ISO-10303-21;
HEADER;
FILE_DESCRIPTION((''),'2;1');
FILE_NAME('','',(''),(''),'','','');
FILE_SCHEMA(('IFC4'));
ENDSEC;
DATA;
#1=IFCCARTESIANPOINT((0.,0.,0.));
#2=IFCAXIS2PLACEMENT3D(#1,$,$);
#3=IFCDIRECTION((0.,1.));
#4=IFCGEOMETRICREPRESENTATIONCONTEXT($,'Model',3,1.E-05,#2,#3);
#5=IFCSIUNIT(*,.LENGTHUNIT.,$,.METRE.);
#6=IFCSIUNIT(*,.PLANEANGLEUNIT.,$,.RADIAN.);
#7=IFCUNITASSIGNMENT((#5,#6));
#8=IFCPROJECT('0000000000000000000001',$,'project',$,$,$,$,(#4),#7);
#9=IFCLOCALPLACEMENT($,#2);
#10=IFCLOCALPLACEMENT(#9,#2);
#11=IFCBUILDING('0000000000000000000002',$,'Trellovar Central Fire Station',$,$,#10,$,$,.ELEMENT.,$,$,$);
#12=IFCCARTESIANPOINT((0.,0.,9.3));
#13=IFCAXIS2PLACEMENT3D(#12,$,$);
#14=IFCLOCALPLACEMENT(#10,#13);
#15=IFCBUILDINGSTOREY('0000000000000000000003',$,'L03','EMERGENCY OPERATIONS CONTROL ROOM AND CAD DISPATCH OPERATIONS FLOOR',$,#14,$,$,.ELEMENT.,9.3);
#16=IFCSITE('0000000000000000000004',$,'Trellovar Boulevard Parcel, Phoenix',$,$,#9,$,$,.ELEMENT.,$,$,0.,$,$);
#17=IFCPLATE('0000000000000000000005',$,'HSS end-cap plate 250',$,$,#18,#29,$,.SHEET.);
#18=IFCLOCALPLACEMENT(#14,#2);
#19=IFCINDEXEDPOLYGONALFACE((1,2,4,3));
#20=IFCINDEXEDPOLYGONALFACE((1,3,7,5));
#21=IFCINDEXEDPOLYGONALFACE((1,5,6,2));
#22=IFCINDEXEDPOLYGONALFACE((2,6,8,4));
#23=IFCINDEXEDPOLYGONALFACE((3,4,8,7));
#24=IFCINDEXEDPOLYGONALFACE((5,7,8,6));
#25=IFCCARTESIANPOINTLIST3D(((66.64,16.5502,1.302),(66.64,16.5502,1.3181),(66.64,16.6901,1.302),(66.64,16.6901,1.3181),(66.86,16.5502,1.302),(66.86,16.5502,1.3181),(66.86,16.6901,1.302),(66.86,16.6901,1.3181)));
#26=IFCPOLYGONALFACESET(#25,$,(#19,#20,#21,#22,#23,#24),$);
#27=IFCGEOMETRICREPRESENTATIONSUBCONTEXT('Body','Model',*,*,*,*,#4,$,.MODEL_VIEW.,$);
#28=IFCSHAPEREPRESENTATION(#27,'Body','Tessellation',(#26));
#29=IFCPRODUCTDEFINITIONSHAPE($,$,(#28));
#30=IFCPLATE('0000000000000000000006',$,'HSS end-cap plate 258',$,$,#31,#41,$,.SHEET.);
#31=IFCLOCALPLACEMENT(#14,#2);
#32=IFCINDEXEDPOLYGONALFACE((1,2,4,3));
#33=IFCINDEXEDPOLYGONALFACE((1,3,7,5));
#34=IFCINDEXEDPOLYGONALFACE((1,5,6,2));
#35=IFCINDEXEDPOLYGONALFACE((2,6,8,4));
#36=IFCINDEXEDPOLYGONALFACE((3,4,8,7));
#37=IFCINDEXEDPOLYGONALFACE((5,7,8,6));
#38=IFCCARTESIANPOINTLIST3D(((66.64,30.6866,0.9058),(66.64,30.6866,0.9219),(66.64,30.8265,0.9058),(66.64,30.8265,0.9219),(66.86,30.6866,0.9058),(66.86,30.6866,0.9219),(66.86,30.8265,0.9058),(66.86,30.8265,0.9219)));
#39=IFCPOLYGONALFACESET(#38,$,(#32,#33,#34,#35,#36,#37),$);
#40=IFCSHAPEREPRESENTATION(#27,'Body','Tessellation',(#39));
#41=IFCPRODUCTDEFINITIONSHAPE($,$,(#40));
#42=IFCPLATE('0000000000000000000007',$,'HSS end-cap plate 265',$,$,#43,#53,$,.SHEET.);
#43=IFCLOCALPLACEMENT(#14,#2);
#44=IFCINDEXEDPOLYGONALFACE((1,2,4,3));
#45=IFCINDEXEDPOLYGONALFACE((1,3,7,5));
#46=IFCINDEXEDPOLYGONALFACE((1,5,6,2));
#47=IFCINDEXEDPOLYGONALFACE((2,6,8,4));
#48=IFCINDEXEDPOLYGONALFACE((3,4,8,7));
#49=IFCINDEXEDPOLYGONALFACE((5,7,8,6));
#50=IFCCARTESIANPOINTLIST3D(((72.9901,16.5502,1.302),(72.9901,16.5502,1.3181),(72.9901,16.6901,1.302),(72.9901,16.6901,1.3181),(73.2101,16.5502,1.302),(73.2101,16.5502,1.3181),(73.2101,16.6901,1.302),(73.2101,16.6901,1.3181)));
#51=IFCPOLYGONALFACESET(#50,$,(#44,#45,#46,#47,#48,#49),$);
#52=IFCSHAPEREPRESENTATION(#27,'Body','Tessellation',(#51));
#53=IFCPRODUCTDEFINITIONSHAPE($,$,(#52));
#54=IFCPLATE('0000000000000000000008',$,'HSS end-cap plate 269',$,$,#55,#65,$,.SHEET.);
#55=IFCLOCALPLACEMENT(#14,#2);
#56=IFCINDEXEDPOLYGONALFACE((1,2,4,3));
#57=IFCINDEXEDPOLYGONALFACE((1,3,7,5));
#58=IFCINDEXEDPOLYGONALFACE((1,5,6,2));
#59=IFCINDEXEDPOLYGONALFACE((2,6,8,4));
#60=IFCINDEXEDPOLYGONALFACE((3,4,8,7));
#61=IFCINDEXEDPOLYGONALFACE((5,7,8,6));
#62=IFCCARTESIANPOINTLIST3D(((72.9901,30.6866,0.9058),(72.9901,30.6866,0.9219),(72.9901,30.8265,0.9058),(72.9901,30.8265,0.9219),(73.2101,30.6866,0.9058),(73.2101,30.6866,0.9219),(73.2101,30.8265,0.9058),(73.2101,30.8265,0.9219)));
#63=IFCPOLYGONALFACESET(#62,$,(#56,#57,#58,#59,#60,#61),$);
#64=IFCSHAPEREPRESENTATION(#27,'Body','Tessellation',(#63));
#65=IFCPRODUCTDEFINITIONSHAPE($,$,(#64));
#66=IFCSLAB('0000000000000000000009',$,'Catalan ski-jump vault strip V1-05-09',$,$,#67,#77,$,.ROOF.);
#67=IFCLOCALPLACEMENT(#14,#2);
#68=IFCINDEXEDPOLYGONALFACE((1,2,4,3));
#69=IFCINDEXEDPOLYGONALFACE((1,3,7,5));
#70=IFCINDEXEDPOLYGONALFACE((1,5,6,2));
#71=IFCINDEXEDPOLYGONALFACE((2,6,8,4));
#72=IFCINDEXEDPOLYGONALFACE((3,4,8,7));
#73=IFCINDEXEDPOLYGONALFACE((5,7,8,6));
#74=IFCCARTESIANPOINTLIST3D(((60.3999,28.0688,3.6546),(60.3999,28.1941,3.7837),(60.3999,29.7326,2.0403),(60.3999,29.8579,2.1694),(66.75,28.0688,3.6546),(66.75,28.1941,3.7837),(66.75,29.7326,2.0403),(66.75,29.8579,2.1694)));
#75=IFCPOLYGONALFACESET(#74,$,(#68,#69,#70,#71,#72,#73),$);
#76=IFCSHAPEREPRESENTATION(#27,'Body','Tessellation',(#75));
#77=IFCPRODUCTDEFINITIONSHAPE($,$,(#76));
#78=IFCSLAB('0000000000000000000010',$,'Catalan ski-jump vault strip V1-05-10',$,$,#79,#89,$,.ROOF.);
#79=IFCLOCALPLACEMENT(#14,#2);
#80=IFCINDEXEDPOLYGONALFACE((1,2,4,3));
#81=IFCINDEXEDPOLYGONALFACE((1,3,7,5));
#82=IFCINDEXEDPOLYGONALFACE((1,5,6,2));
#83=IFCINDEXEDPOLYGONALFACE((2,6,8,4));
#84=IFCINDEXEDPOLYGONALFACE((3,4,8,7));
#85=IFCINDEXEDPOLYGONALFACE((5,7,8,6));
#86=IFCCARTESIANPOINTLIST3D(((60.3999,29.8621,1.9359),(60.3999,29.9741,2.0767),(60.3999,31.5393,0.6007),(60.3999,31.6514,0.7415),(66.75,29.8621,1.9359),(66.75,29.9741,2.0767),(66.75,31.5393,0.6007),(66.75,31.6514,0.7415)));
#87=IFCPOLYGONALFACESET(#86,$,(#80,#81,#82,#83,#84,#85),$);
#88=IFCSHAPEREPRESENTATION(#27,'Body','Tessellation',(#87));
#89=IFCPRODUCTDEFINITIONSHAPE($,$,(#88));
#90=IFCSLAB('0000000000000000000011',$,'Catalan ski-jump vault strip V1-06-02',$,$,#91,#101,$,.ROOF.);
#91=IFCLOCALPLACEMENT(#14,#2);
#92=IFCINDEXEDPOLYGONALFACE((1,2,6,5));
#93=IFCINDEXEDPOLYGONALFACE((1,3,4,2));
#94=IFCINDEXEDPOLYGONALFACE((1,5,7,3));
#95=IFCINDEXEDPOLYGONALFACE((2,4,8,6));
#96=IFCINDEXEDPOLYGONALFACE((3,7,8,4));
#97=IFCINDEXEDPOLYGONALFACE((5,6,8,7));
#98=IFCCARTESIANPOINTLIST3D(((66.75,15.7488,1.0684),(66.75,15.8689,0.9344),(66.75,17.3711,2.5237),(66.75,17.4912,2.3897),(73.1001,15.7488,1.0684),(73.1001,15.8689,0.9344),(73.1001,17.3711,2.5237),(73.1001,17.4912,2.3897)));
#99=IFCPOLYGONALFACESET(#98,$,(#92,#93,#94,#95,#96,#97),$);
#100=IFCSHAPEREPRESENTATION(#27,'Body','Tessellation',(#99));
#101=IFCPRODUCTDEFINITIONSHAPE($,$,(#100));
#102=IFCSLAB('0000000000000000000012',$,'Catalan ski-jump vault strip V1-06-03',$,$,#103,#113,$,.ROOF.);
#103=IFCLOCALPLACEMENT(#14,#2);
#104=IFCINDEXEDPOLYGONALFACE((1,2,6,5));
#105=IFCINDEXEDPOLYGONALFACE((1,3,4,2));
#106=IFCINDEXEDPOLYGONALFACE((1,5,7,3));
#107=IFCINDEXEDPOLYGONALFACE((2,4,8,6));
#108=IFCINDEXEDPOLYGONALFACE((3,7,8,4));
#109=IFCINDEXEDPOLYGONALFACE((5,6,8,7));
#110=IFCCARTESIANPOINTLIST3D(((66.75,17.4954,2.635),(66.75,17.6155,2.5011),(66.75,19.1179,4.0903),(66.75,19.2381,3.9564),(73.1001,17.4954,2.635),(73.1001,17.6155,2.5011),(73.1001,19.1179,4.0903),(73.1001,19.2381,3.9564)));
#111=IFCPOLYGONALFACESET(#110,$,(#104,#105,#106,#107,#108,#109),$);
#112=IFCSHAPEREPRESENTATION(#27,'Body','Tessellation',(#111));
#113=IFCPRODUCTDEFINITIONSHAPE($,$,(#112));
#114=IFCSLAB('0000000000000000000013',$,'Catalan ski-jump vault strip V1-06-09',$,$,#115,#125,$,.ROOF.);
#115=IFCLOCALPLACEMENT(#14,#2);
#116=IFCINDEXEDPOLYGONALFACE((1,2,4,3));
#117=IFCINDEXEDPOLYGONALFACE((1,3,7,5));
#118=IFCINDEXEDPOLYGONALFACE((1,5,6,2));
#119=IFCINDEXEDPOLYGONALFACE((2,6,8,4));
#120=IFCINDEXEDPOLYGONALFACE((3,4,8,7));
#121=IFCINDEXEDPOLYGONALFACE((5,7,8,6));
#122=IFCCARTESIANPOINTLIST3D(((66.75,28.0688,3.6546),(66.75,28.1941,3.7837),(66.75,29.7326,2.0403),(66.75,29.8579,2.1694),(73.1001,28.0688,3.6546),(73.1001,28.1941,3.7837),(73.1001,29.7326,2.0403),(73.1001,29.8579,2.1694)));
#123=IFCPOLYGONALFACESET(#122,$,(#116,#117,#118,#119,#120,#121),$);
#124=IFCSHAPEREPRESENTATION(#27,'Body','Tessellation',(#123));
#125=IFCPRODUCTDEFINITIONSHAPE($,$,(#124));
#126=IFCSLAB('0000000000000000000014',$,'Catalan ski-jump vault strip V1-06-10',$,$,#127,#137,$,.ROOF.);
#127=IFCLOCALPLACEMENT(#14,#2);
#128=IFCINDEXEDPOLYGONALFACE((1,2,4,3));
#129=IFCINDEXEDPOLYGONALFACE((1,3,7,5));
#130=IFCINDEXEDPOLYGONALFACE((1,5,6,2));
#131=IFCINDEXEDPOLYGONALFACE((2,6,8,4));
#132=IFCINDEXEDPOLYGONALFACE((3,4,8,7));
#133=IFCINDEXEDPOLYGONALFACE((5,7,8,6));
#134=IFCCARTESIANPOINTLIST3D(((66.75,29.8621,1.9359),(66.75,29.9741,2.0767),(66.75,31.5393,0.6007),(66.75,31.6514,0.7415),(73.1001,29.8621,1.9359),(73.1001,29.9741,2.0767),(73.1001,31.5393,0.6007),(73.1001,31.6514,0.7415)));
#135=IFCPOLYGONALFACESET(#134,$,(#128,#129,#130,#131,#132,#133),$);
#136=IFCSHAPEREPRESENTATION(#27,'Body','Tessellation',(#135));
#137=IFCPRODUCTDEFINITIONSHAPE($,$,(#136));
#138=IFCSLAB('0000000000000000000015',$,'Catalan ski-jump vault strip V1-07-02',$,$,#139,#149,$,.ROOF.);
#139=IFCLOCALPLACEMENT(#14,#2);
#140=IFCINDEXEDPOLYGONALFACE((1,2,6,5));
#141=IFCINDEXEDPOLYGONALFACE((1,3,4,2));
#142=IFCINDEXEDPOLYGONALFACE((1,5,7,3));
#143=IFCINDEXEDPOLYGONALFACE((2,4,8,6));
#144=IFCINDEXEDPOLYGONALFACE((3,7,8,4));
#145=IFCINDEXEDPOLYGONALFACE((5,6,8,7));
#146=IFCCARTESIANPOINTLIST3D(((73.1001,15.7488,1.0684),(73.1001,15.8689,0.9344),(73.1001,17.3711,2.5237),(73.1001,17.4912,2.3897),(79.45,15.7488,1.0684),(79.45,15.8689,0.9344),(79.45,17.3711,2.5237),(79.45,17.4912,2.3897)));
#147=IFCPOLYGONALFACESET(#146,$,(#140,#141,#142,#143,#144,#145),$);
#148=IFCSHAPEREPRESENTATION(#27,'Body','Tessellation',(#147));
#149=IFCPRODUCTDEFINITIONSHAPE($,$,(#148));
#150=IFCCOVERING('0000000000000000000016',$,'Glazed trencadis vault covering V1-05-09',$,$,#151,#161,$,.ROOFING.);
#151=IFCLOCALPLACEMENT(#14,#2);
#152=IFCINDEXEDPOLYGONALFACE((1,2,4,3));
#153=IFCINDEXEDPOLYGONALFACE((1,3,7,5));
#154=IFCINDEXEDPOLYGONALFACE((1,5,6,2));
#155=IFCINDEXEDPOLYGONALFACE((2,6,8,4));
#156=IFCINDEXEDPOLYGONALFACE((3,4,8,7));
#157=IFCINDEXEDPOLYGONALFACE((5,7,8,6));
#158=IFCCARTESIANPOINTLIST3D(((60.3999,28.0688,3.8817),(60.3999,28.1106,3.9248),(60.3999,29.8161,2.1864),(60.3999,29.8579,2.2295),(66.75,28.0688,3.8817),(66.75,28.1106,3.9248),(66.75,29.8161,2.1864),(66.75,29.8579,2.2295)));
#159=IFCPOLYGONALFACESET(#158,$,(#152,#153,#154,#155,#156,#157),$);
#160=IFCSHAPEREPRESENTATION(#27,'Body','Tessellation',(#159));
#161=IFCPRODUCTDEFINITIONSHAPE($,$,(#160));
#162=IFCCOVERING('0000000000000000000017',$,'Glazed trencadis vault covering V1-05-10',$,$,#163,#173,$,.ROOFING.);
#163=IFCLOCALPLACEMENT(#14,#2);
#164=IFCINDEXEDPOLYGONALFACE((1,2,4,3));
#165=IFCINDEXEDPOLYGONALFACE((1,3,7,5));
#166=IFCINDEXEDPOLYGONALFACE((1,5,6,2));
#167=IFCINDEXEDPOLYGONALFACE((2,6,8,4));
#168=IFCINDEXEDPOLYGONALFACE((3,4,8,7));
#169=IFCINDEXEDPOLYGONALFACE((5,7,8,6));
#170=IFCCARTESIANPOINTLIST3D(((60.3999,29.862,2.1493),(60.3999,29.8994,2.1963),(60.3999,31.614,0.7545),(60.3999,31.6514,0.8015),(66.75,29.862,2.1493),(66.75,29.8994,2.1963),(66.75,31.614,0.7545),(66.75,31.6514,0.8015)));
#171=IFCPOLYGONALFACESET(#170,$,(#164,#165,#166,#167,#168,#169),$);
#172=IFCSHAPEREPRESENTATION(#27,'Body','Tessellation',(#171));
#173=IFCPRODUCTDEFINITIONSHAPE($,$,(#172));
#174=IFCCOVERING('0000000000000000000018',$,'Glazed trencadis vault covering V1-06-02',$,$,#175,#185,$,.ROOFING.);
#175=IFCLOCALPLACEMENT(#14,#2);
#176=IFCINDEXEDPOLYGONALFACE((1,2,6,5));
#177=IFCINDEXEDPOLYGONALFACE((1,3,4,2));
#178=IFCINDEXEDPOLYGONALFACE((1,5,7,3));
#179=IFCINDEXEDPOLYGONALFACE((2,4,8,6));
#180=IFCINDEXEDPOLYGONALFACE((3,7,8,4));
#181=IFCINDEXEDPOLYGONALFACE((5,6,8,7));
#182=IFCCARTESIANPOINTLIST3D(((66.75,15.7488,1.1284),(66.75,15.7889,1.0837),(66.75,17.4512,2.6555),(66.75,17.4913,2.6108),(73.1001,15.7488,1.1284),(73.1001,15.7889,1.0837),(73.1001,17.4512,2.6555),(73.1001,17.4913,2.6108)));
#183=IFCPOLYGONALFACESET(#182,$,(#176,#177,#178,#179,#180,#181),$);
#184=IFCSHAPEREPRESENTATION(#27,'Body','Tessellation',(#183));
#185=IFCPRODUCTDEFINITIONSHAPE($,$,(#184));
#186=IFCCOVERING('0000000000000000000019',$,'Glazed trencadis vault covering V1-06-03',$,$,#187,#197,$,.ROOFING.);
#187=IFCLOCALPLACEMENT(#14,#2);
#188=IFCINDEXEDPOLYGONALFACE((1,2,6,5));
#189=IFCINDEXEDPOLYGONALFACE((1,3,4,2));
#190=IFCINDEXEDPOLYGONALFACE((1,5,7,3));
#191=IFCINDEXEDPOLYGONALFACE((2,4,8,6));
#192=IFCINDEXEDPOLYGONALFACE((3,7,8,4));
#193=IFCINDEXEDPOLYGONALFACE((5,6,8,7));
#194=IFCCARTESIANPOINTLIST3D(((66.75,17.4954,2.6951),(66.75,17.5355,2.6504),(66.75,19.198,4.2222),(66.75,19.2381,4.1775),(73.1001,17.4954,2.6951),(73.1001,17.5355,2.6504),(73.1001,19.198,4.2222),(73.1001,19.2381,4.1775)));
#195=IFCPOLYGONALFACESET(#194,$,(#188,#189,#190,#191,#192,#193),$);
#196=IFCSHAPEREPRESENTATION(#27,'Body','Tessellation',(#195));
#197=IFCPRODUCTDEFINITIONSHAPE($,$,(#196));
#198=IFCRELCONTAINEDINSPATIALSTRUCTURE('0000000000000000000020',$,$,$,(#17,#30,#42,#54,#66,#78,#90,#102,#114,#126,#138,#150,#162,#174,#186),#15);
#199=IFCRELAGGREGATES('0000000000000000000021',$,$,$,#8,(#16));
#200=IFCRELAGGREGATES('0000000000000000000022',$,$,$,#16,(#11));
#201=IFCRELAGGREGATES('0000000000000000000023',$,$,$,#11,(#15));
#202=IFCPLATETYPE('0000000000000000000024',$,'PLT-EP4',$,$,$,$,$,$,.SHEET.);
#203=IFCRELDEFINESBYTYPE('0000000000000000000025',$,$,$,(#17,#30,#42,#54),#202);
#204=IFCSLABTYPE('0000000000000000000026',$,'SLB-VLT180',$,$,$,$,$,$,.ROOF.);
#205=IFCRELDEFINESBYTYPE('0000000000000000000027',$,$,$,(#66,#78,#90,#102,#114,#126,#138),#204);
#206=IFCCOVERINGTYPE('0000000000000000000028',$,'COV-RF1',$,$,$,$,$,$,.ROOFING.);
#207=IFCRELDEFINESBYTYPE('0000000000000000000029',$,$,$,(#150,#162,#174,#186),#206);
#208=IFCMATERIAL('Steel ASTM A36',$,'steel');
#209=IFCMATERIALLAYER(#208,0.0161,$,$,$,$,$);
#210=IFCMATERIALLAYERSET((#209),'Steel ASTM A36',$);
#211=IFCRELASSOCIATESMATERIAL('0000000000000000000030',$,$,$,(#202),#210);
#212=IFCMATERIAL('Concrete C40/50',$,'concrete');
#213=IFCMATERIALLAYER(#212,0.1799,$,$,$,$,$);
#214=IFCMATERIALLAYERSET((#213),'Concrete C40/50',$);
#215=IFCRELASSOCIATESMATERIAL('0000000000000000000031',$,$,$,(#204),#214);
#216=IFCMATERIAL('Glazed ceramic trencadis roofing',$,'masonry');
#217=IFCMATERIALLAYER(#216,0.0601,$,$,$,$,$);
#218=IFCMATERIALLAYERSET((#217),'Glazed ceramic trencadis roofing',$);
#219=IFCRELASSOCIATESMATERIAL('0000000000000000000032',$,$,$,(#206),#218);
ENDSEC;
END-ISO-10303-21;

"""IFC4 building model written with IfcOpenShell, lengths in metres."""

from ifc_helpers import new_model, si_unit, direction, frame, origin, origin_2d, place, context, subcontext, project, spatial, polyline, rectangle, outline, extrude, material, layer, layer_set, type_object, element, save


model = new_model("IFC4")

# Units and contexts
model_context = context("Model", 3, precision=1e-05, world=origin(), true_north=direction((0.0, 1.0)))
body_context = subcontext(model_context, "Body", "Model", "MODEL_VIEW")
ifc_project = project(units=[si_unit("LENGTHUNIT", "METRE"), si_unit("PLANEANGLEUNIT", "RADIAN")], contexts=[model_context])

# Site, building, storey
site_placement = place(None, origin())
site = spatial("IfcSite", under=ifc_project, at=site_placement, Name="Trellovar Boulevard Parcel, Phoenix", CompositionType="ELEMENT", RefElevation=0.0)
building_placement = place(site_placement, origin())
building = spatial("IfcBuilding", under=site, at=building_placement, Name="Trellovar Central Fire Station", CompositionType="ELEMENT")
storey_placement = place(building_placement, frame((0.0, 0.0, 9.3)))
storey = spatial("IfcBuildingStorey", under=building, at=storey_placement, Name="L03", Description="EMERGENCY OPERATIONS CONTROL ROOM AND CAD DISPATCH OPERATIONS FLOOR", CompositionType="ELEMENT", Elevation=9.3)

# Plates
ifc_material_1 = material(Name="Steel ASTM A36", Category="steel")
ifc_layer_1 = layer(ifc_material_1, 0.0161)
ifc_layer_set_1 = layer_set([ifc_layer_1], Name="Steel ASTM A36")
plate_type = type_object("IfcPlateType", Name="PLT-EP4", PredefinedType="SHEET", material=ifc_layer_set_1)
for number, where, z_axis, x_axis, name in (
    (1, (66.75, 16.6201, 1.302), (0.0, 0.0, 1.0), (1.0, 0.0, 0.0), "HSS end-cap plate 250"),
    (2, (66.75, 30.7566, 0.9058), (0.0, 0.0, 1.0), (1.0, 0.0, 0.0), "HSS end-cap plate 258"),
    (3, (73.1001, 16.6201, 1.302), (0.0, 0.0, 1.0), (1.0, 0.0, 0.0), "HSS end-cap plate 265"),
    (4, (73.1001, 30.7566, 0.9058), (0.0, 0.0, 1.0), (1.0, 0.0, 0.0), "HSS end-cap plate 269"),
):
    element("IfcPlate", number, at=place(storey_placement, frame(where, z_axis=z_axis, x_axis=x_axis)), inside=storey, type_object=plate_type, Name=name, PredefinedType="SHEET", context=body_context, shape_type="SweptSolid", body=[
        extrude(rectangle(XDim=0.22, YDim=0.1399, at=origin_2d()), origin(), (0.0, 0.0, 1.0), 0.0161),
    ])

# Slabs
ifc_material_2 = material(Name="Concrete C40/50", Category="concrete")
ifc_layer_2 = layer(ifc_material_2, 0.1799)
ifc_layer_set_2 = layer_set([ifc_layer_2], Name="Concrete C40/50")
slab_type = type_object("IfcSlabType", Name="SLB-VLT180", PredefinedType="ROOF", material=ifc_layer_set_2)
slab_1_placement = place(storey_placement, frame((60.3999, 28.1941, 3.7837), z_axis=(0.0, 0.696337, 0.717715), x_axis=(1.0, 0.0, 0.0)))
element("IfcSlab", 5, at=slab_1_placement, inside=storey, type_object=slab_type, Name="Catalan ski-jump vault strip V1-05-09", PredefinedType="ROOF", context=body_context, shape_type="SweptSolid", body=[
    extrude(outline(polyline([(0.0, 0.0), (6.3501, 0.0), (6.3501, 2.3182), (0.0, 2.3182), (0.0, 0.0)])), origin(), (0.0, 0.0, -1.0), 0.1799),
])
slab_2_placement = place(storey_placement, frame((60.3999, 29.9741, 2.0767), z_axis=(0.0, 0.622818, 0.782366), x_axis=(1.0, 0.0, 0.0)))
element("IfcSlab", 6, at=slab_2_placement, inside=storey, type_object=slab_type, Name="Catalan ski-jump vault strip V1-05-10", PredefinedType="ROOF", context=body_context, shape_type="SweptSolid", body=[
    extrude(outline(polyline([(0.0, 0.0), (6.3501, 0.0), (6.3501, 2.1438), (0.0, 2.1438), (0.0, 0.0)])), origin(), (0.0, 0.0, -1.0), 0.1799),
])
slab_3_placement = place(storey_placement, frame((66.75, 15.7488, 1.0684), z_axis=(0.0, -0.667757, 0.744379), x_axis=(1.0, 0.0, 0.0)))
element("IfcSlab", 7, at=slab_3_placement, inside=storey, type_object=slab_type, Name="Catalan ski-jump vault strip V1-06-02", PredefinedType="ROOF", context=body_context, shape_type="SweptSolid", body=[
    extrude(outline(polyline([(0.0, 0.0), (6.3501, 0.0), (6.3501, 2.1794), (0.0, 2.1794), (0.0, 0.0)])), origin(), (0.0, 0.0, -1.0), 0.1799),
])
slab_4_placement = place(storey_placement, frame((66.75, 17.4954, 2.635), z_axis=(0.0, -0.667701, 0.744429), x_axis=(1.0, 0.0, 0.0)))
element("IfcSlab", 8, at=slab_4_placement, inside=storey, type_object=slab_type, Name="Catalan ski-jump vault strip V1-06-03", PredefinedType="ROOF", context=body_context, shape_type="SweptSolid", body=[
    extrude(outline(polyline([(0.0, 0.0), (6.3501, 0.0), (6.3501, 2.1796), (0.0, 2.1796), (0.0, 0.0)])), origin(), (0.0, 0.0, -1.0), 0.1799),
])
slab_5_placement = place(storey_placement, frame((66.75, 28.1941, 3.7837), z_axis=(0.0, 0.696337, 0.717715), x_axis=(1.0, 0.0, 0.0)))
element("IfcSlab", 9, at=slab_5_placement, inside=storey, type_object=slab_type, Name="Catalan ski-jump vault strip V1-06-09", PredefinedType="ROOF", context=body_context, shape_type="SweptSolid", body=[
    extrude(outline(polyline([(0.0, 0.0), (6.3501, 0.0), (6.3501, 2.3182), (0.0, 2.3182), (0.0, 0.0)])), origin(), (0.0, 0.0, -1.0), 0.1799),
])
slab_6_placement = place(storey_placement, frame((66.75, 29.9741, 2.0767), z_axis=(0.0, 0.622818, 0.782366), x_axis=(1.0, 0.0, 0.0)))
element("IfcSlab", 10, at=slab_6_placement, inside=storey, type_object=slab_type, Name="Catalan ski-jump vault strip V1-06-10", PredefinedType="ROOF", context=body_context, shape_type="SweptSolid", body=[
    extrude(outline(polyline([(0.0, 0.0), (6.3501, 0.0), (6.3501, 2.1438), (0.0, 2.1438), (0.0, 0.0)])), origin(), (0.0, 0.0, -1.0), 0.1799),
])
slab_7_placement = place(storey_placement, frame((73.1001, 15.7488, 1.0684), z_axis=(0.0, -0.667757, 0.744379), x_axis=(1.0, 0.0, 0.0)))
element("IfcSlab", 11, at=slab_7_placement, inside=storey, type_object=slab_type, Name="Catalan ski-jump vault strip V1-07-02", PredefinedType="ROOF", context=body_context, shape_type="SweptSolid", body=[
    extrude(outline(polyline([(0.0, 0.0), (6.3499, 0.0), (6.3499, 2.1794), (0.0, 2.1794), (0.0, 0.0)])), origin(), (0.0, 0.0, -1.0), 0.1799),
])

# Coverings
ifc_material_3 = material(Name="Glazed ceramic trencadis roofing", Category="masonry")
ifc_layer_3 = layer(ifc_material_3, 0.0601)
ifc_layer_set_3 = layer_set([ifc_layer_3], Name="Glazed ceramic trencadis roofing")
covering_type = type_object("IfcCoveringType", Name="COV-RF1", PredefinedType="ROOFING", material=ifc_layer_set_3)
covering_1_placement = place(storey_placement, frame((60.3999, 28.1106, 3.9248), z_axis=(0.0, 0.696346, 0.717706), x_axis=(1.0, 0.0, 0.0)))
element("IfcCovering", 12, at=covering_1_placement, inside=storey, type_object=covering_type, Name="Glazed trencadis vault covering V1-05-09", PredefinedType="ROOFING", context=body_context, shape_type="SweptSolid", body=[
    extrude(outline(polyline([(0.0, 0.0), (6.3501, 0.0), (6.3501, 2.4346), (0.0, 2.4346), (0.0, 0.0)])), origin(), (0.0, 0.0, -1.0), 0.0601),
])
covering_2_placement = place(storey_placement, frame((60.3999, 29.8994, 2.1963), z_axis=(0.0, 0.622845, 0.782345), x_axis=(1.0, 0.0, 0.0)))
element("IfcCovering", 13, at=covering_2_placement, inside=storey, type_object=covering_type, Name="Glazed trencadis vault covering V1-05-10", PredefinedType="ROOFING", context=body_context, shape_type="SweptSolid", body=[
    extrude(outline(polyline([(0.0, 0.0), (6.3501, 0.0), (6.3501, 2.2394), (0.0, 2.2394), (0.0, 0.0)])), origin(), (0.0, 0.0, -1.0), 0.0601),
])
covering_3_placement = place(storey_placement, frame((66.75, 15.7488, 1.1284), z_axis=(0.0, -0.667743, 0.744392), x_axis=(1.0, 0.0, 0.0)))
element("IfcCovering", 14, at=covering_3_placement, inside=storey, type_object=covering_type, Name="Glazed trencadis vault covering V1-06-02", PredefinedType="ROOFING", context=body_context, shape_type="SweptSolid", body=[
    extrude(outline(polyline([(0.0, 0.0), (6.3501, 0.0), (6.3501, 2.287), (0.0, 2.287), (0.0, 0.0)])), origin(), (0.0, 0.0, -1.0), 0.0601),
])
covering_4_placement = place(storey_placement, frame((66.75, 17.4954, 2.6951), z_axis=(0.0, -0.66769, 0.74444), x_axis=(1.0, 0.0, 0.0)))
element("IfcCovering", 15, at=covering_4_placement, inside=storey, type_object=covering_type, Name="Glazed trencadis vault covering V1-06-03", PredefinedType="ROOFING", context=body_context, shape_type="SweptSolid", body=[
    extrude(outline(polyline([(0.0, 0.0), (6.3501, 0.0), (6.3501, 2.2871), (0.0, 2.2871), (0.0, 0.0)])), origin(), (0.0, 0.0, -1.0), 0.0601),
])

save(model, "model.ifc")
